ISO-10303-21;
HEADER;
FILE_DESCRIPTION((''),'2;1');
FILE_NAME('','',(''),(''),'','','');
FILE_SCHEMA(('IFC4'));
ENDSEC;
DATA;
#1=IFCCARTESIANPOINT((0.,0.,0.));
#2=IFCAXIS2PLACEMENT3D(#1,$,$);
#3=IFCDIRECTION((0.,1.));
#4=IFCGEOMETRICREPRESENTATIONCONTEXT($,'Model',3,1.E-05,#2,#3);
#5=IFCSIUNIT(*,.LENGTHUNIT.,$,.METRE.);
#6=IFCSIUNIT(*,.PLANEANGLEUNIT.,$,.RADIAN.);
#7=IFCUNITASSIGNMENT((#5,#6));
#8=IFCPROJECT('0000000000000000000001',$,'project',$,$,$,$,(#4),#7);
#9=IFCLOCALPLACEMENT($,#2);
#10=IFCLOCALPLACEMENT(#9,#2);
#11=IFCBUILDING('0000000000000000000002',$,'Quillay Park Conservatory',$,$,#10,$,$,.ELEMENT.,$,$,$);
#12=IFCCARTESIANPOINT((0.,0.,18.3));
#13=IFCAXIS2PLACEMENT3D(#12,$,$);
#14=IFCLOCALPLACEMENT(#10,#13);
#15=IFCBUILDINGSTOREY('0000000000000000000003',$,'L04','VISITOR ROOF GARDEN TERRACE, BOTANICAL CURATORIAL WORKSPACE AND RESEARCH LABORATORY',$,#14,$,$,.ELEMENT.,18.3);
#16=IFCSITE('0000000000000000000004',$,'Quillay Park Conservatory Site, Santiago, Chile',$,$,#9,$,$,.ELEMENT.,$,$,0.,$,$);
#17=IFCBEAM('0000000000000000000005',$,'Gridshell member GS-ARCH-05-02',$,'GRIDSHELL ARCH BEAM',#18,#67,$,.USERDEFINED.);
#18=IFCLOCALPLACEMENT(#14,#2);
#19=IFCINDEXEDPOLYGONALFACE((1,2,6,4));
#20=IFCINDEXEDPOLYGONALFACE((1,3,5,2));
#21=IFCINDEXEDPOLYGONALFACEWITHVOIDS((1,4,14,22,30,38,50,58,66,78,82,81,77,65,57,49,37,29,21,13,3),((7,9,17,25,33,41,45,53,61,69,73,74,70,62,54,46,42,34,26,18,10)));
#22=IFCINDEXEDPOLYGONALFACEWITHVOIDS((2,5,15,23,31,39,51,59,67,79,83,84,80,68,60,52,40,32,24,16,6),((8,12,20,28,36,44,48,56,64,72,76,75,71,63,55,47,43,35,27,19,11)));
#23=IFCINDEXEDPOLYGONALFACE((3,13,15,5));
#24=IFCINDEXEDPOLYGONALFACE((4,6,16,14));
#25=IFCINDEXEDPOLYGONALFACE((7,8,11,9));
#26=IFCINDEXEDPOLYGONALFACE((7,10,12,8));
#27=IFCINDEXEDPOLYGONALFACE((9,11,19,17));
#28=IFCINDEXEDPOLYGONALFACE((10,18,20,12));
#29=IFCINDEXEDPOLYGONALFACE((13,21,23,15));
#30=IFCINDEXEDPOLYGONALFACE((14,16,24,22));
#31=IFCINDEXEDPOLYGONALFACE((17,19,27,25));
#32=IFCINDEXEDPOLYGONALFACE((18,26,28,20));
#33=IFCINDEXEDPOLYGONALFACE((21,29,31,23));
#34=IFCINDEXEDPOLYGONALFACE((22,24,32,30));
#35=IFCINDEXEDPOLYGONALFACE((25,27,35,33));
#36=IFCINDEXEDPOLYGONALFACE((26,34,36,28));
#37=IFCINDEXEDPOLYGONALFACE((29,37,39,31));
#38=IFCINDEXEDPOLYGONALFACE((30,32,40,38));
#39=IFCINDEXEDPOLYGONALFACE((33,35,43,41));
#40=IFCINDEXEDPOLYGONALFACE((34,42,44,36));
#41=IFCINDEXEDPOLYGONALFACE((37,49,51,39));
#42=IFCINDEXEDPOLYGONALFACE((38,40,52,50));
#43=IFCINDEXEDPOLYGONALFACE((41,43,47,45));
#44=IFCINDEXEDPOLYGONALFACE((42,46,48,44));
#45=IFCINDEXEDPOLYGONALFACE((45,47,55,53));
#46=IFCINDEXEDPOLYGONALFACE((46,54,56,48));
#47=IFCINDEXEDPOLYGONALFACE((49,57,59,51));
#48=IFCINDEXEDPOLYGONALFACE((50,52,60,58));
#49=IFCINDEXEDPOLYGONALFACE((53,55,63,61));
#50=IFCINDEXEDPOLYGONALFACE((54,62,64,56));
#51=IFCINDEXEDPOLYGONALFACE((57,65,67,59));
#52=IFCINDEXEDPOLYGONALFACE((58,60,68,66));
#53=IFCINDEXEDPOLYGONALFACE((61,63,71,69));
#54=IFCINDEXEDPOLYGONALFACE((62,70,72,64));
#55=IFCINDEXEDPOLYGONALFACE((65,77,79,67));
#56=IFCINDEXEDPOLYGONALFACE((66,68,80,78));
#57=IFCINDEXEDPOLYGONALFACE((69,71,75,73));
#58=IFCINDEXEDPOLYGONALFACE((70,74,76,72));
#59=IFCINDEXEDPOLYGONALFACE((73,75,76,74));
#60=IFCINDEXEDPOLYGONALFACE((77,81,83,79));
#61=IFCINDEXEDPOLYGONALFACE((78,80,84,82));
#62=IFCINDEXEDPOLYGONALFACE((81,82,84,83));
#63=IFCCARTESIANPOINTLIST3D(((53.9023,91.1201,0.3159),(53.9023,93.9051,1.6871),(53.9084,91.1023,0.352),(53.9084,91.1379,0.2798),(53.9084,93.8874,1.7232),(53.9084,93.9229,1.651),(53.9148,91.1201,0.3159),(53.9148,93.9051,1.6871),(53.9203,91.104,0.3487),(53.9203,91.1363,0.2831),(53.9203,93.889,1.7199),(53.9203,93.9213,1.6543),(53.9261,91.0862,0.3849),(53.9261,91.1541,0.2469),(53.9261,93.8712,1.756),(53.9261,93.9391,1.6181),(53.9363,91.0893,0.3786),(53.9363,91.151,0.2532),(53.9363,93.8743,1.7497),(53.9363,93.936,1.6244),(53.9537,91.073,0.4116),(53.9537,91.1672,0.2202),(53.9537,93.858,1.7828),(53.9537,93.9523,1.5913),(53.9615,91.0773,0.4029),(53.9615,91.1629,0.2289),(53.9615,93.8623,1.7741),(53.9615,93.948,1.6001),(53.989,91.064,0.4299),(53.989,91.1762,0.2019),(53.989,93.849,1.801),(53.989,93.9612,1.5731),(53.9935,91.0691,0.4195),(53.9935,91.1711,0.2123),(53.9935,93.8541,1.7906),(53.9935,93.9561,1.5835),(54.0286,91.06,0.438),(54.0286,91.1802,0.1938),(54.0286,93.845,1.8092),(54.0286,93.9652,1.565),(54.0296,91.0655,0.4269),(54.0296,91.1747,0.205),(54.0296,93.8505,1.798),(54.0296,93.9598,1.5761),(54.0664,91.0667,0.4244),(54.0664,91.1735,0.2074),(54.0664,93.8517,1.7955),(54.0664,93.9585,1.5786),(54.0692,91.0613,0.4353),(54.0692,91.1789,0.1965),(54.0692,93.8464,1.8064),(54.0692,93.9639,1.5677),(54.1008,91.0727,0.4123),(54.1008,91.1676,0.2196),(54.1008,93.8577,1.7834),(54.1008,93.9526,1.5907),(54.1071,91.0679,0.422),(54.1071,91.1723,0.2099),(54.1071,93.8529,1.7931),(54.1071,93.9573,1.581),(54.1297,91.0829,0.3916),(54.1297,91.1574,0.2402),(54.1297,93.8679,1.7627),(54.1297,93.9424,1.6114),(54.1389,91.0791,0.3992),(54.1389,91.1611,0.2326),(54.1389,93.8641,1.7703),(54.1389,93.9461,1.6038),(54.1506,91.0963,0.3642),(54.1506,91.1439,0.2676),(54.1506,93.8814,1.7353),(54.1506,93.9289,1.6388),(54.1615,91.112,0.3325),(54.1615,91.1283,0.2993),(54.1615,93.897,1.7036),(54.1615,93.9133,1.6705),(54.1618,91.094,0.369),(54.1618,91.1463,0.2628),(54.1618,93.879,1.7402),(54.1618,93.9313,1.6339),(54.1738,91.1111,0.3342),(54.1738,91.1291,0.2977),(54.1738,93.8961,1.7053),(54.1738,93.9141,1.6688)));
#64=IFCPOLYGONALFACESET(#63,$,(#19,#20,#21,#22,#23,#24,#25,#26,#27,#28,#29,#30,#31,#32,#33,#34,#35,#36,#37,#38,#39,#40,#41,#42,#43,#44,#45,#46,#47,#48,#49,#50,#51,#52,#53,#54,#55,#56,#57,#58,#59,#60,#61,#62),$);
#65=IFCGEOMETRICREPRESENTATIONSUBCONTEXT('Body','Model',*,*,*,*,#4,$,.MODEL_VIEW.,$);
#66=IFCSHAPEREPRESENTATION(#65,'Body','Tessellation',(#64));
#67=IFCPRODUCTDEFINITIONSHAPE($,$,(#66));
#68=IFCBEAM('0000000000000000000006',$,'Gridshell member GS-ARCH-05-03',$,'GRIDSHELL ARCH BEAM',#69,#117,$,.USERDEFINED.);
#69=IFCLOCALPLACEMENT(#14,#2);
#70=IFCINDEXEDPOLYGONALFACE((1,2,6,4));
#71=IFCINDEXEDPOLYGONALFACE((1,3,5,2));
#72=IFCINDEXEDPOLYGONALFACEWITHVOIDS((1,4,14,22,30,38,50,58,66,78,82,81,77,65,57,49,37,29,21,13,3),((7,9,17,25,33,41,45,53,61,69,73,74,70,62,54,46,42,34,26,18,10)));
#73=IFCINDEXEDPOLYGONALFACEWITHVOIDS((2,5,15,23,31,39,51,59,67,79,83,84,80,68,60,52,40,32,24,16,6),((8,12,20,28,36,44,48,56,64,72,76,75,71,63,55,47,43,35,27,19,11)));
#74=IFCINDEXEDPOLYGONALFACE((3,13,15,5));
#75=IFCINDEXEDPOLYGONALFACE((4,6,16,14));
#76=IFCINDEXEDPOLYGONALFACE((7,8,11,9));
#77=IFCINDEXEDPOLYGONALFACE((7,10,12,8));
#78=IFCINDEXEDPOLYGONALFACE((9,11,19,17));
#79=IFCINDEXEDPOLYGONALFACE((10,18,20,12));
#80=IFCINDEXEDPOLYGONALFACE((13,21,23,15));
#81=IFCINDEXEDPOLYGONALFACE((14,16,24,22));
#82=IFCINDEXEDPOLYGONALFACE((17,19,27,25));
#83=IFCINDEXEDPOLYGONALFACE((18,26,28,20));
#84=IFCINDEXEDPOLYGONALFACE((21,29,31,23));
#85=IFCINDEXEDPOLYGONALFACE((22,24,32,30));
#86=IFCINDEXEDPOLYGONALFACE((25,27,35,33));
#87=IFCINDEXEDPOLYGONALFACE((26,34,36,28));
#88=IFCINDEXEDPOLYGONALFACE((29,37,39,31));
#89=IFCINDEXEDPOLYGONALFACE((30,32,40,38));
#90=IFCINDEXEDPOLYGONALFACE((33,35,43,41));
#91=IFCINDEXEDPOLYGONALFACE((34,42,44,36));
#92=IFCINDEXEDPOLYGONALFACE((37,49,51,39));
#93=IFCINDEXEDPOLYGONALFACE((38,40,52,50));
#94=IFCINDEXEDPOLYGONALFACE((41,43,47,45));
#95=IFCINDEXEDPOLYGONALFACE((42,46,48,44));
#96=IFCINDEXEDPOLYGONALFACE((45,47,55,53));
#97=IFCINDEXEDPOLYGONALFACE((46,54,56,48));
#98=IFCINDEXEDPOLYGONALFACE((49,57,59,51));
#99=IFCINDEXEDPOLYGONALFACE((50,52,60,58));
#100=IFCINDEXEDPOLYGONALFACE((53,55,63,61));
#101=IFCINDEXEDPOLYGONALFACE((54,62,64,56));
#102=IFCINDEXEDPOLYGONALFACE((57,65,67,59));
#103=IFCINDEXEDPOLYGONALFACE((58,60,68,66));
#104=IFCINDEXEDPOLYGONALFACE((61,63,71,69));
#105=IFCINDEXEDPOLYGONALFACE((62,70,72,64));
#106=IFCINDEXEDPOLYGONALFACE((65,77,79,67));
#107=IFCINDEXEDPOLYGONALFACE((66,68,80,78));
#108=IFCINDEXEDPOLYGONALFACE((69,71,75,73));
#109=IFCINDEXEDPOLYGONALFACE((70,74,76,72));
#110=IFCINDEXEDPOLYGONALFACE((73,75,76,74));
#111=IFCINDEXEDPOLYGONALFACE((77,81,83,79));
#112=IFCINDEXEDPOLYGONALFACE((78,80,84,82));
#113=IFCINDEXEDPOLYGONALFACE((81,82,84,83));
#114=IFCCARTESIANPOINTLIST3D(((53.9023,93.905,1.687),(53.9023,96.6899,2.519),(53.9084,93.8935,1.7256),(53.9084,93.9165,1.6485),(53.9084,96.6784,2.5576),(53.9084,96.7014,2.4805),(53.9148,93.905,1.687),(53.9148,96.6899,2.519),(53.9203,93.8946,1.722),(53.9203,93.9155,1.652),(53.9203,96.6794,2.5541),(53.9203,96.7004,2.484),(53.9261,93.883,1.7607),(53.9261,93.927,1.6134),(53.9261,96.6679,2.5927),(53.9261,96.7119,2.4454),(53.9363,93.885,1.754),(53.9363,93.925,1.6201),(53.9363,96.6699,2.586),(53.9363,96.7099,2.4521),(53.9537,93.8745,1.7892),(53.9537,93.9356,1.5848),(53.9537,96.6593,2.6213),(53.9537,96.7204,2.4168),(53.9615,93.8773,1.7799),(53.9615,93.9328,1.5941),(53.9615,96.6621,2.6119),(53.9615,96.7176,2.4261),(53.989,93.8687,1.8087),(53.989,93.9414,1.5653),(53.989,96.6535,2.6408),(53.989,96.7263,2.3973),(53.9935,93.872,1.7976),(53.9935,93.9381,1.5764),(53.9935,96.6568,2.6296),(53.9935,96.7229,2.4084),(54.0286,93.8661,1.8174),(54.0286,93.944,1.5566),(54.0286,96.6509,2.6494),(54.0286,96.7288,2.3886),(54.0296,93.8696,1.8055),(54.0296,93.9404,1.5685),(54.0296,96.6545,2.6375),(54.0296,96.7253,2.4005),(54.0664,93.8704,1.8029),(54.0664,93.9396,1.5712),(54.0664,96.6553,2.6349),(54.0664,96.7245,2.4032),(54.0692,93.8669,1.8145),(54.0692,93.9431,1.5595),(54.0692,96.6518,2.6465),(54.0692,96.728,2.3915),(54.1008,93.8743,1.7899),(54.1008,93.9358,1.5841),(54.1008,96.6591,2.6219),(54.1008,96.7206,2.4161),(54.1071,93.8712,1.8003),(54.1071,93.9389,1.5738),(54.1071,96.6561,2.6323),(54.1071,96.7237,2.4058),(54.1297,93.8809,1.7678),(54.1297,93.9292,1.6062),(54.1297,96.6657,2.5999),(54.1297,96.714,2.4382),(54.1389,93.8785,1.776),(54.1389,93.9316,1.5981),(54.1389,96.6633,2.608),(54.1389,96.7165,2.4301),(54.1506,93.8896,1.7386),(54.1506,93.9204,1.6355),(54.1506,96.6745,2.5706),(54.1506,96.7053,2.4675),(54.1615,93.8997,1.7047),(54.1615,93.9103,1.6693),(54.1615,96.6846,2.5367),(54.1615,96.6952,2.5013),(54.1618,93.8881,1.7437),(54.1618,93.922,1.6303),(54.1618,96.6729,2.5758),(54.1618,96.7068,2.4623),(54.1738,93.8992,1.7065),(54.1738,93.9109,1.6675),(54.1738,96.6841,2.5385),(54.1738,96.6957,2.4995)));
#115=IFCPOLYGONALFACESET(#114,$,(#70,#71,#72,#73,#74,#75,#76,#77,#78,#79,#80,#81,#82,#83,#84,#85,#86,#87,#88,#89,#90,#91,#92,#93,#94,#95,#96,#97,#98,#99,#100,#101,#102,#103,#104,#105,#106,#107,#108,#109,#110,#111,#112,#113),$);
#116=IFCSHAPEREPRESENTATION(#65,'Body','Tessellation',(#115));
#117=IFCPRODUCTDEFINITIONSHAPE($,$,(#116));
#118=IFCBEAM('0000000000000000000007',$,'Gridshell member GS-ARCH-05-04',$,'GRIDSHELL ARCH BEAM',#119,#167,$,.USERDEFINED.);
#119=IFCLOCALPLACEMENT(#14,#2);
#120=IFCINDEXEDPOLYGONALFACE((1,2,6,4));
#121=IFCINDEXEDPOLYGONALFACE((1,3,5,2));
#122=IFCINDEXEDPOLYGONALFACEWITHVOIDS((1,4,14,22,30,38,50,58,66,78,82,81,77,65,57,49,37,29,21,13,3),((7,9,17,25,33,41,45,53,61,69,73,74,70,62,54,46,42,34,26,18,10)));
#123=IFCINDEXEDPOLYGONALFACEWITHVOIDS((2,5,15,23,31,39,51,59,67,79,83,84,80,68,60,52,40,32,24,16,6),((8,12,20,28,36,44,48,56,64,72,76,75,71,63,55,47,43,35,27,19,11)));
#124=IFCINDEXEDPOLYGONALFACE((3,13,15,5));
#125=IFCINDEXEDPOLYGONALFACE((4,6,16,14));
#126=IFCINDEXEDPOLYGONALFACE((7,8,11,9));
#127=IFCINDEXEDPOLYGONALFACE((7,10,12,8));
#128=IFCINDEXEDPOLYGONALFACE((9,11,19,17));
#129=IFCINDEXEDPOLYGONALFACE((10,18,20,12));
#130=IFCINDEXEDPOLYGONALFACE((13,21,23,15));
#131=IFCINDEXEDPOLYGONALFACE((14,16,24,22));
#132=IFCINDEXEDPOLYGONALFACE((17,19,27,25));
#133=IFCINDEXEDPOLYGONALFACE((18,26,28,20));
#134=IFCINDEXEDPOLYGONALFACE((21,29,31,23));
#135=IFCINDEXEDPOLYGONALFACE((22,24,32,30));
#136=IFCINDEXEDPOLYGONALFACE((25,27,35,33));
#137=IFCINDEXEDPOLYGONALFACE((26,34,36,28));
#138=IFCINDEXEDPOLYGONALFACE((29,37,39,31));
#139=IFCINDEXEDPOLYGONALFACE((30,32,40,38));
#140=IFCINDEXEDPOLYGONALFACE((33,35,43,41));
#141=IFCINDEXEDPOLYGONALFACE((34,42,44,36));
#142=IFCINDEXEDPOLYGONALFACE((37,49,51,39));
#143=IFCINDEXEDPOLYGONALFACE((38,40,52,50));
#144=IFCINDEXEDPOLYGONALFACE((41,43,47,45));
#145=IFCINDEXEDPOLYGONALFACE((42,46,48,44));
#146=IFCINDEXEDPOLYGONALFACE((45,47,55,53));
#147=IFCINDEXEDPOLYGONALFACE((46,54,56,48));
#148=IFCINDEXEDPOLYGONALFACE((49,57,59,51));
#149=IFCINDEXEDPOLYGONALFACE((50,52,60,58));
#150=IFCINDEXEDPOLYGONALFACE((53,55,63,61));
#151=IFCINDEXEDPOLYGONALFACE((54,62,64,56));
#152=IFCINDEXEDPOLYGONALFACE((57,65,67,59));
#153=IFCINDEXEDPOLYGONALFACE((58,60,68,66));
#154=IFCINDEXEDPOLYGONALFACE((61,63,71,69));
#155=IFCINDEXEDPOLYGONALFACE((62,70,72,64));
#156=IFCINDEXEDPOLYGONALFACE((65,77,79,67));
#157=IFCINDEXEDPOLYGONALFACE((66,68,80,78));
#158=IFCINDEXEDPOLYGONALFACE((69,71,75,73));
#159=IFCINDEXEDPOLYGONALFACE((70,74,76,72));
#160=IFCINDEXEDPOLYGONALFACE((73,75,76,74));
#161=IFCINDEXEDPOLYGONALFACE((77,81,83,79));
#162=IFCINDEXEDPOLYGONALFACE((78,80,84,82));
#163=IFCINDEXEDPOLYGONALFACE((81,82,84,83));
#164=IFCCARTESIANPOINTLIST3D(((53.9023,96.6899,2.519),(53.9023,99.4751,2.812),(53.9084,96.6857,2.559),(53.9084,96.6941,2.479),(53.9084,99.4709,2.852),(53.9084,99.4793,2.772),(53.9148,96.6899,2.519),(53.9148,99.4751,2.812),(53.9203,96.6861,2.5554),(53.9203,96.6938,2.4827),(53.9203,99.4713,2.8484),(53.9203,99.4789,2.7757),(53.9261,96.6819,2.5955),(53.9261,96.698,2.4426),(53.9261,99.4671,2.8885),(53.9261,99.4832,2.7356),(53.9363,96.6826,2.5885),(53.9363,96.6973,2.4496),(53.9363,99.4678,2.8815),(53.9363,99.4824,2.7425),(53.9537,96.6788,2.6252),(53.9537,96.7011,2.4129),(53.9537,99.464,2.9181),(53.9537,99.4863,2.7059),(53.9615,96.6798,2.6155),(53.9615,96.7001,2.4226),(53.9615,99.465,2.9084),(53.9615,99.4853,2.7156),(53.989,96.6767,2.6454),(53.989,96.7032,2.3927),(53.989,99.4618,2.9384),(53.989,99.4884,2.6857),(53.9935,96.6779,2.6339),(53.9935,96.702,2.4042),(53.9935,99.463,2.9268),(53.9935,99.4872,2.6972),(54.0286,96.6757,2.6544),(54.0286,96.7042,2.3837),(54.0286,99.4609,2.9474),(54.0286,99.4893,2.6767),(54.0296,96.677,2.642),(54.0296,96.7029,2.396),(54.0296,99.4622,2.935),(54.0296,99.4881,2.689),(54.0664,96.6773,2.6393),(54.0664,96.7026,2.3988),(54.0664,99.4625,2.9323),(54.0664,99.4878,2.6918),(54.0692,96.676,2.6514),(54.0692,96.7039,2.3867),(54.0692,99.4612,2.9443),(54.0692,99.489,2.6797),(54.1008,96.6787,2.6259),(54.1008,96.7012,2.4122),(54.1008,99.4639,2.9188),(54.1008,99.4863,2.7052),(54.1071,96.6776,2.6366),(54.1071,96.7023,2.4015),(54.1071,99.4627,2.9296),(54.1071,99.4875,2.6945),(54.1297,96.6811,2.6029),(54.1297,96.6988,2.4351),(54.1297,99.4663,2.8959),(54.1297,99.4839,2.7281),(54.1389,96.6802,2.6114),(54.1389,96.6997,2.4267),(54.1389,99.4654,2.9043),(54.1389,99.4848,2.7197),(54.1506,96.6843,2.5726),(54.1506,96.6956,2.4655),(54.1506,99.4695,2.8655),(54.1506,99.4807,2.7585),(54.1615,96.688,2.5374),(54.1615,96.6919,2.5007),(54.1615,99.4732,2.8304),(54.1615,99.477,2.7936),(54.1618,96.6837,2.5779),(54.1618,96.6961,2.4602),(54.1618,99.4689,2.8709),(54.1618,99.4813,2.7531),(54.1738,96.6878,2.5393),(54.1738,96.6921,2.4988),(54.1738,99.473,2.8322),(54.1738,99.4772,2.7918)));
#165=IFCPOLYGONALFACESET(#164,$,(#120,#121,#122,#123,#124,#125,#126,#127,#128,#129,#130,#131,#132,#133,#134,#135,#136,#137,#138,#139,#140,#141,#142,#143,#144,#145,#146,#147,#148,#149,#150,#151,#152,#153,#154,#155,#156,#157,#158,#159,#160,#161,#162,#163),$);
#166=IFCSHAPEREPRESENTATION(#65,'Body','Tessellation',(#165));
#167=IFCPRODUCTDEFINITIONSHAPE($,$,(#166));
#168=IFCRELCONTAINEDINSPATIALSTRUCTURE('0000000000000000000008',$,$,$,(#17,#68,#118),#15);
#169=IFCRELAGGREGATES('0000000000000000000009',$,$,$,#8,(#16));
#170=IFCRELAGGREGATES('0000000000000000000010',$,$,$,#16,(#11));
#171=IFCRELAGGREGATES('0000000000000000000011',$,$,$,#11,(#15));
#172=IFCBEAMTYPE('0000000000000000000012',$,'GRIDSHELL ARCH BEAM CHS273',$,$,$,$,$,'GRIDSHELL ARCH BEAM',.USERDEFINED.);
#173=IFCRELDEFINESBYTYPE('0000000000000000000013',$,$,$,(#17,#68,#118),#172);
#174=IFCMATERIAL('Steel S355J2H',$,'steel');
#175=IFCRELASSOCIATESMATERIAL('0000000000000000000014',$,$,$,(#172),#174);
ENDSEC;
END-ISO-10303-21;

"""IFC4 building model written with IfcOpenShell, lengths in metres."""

from ifc_helpers import new_model, si_unit, direction, frame, origin, origin_2d, place, context, subcontext, project, spatial, hollow_circle, extrude, material, material_profile, profile_set, type_object, element, save


model = new_model("IFC4")

# Units and contexts
model_context = context("Model", 3, precision=1e-05, world=origin(), true_north=direction((0.0, 1.0)))
body_context = subcontext(model_context, "Body", "Model", "MODEL_VIEW")
ifc_project = project(units=[si_unit("LENGTHUNIT", "METRE"), si_unit("PLANEANGLEUNIT", "RADIAN")], contexts=[model_context])

# Site, building, storey
site_placement = place(None, origin())
site = spatial("IfcSite", under=ifc_project, at=site_placement, Name="Quillay Park Conservatory Site, Santiago, Chile", CompositionType="ELEMENT", RefElevation=0.0)
building_placement = place(site_placement, origin())
building = spatial("IfcBuilding", under=site, at=building_placement, Name="Quillay Park Conservatory", CompositionType="ELEMENT")
storey_placement = place(building_placement, frame((0.0, 0.0, 18.3)))
storey = spatial("IfcBuildingStorey", under=building, at=storey_placement, Name="L04", Description="VISITOR ROOF GARDEN TERRACE, BOTANICAL CURATORIAL WORKSPACE AND RESEARCH LABORATORY", CompositionType="ELEMENT", Elevation=18.3)

# Beams
ifc_material_1 = material(Name="Steel S355J2H", Category="steel")
ifc_material_profile_1 = material_profile(ifc_material_1, hollow_circle(Radius=0.1365, WallThickness=0.0125, at=origin_2d()), Name="CHS273x12.5")
ifc_profile_set_1 = profile_set([ifc_material_profile_1], Name="Steel S355J2H")
beam_type = type_object("IfcBeamType", Name="GRIDSHELL ARCH BEAM CHS273", ElementType="GRIDSHELL ARCH BEAM", PredefinedType="USERDEFINED", material=ifc_profile_set_1)
beam_1_placement = place(storey_placement, frame((54.0388, 91.1201, 0.3159), z_axis=(0.0, 0.897163, 0.4417), x_axis=(-1.0, 0.0, 0.0)))
element("IfcBeam", 1, at=beam_1_placement, inside=storey, type_object=beam_type, Name="Gridshell member GS-ARCH-05-02", ObjectType="GRIDSHELL ARCH BEAM", PredefinedType="USERDEFINED", context=body_context, shape_type="SweptSolid", body=[
    extrude(hollow_circle(Radius=0.1365, WallThickness=0.0125, at=origin_2d()), origin(), (0.0, 0.0, 1.0), 3.1042),
])
beam_2_placement = place(storey_placement, frame((54.0388, 93.905, 1.687), z_axis=(0.0, 0.958152, 0.286261), x_axis=(-1.0, 0.0, 0.0)))
element("IfcBeam", 2, at=beam_2_placement, inside=storey, type_object=beam_type, Name="Gridshell member GS-ARCH-05-03", ObjectType="GRIDSHELL ARCH BEAM", PredefinedType="USERDEFINED", context=body_context, shape_type="SweptSolid", body=[
    extrude(hollow_circle(Radius=0.1365, WallThickness=0.0125, at=origin_2d()), origin(), (0.0, 0.0, 1.0), 2.9065),
])
beam_3_placement = place(storey_placement, frame((54.0388, 96.6899, 2.519), z_axis=(0.0, 0.994513, 0.104612), x_axis=(-1.0, 0.0, 0.0)))
element("IfcBeam", 3, at=beam_3_placement, inside=storey, type_object=beam_type, Name="Gridshell member GS-ARCH-05-04", ObjectType="GRIDSHELL ARCH BEAM", PredefinedType="USERDEFINED", context=body_context, shape_type="SweptSolid", body=[
    extrude(hollow_circle(Radius=0.1365, WallThickness=0.0125, at=origin_2d()), origin(), (0.0, 0.0, 1.0), 2.8005),
])

save(model, "model.ifc")
